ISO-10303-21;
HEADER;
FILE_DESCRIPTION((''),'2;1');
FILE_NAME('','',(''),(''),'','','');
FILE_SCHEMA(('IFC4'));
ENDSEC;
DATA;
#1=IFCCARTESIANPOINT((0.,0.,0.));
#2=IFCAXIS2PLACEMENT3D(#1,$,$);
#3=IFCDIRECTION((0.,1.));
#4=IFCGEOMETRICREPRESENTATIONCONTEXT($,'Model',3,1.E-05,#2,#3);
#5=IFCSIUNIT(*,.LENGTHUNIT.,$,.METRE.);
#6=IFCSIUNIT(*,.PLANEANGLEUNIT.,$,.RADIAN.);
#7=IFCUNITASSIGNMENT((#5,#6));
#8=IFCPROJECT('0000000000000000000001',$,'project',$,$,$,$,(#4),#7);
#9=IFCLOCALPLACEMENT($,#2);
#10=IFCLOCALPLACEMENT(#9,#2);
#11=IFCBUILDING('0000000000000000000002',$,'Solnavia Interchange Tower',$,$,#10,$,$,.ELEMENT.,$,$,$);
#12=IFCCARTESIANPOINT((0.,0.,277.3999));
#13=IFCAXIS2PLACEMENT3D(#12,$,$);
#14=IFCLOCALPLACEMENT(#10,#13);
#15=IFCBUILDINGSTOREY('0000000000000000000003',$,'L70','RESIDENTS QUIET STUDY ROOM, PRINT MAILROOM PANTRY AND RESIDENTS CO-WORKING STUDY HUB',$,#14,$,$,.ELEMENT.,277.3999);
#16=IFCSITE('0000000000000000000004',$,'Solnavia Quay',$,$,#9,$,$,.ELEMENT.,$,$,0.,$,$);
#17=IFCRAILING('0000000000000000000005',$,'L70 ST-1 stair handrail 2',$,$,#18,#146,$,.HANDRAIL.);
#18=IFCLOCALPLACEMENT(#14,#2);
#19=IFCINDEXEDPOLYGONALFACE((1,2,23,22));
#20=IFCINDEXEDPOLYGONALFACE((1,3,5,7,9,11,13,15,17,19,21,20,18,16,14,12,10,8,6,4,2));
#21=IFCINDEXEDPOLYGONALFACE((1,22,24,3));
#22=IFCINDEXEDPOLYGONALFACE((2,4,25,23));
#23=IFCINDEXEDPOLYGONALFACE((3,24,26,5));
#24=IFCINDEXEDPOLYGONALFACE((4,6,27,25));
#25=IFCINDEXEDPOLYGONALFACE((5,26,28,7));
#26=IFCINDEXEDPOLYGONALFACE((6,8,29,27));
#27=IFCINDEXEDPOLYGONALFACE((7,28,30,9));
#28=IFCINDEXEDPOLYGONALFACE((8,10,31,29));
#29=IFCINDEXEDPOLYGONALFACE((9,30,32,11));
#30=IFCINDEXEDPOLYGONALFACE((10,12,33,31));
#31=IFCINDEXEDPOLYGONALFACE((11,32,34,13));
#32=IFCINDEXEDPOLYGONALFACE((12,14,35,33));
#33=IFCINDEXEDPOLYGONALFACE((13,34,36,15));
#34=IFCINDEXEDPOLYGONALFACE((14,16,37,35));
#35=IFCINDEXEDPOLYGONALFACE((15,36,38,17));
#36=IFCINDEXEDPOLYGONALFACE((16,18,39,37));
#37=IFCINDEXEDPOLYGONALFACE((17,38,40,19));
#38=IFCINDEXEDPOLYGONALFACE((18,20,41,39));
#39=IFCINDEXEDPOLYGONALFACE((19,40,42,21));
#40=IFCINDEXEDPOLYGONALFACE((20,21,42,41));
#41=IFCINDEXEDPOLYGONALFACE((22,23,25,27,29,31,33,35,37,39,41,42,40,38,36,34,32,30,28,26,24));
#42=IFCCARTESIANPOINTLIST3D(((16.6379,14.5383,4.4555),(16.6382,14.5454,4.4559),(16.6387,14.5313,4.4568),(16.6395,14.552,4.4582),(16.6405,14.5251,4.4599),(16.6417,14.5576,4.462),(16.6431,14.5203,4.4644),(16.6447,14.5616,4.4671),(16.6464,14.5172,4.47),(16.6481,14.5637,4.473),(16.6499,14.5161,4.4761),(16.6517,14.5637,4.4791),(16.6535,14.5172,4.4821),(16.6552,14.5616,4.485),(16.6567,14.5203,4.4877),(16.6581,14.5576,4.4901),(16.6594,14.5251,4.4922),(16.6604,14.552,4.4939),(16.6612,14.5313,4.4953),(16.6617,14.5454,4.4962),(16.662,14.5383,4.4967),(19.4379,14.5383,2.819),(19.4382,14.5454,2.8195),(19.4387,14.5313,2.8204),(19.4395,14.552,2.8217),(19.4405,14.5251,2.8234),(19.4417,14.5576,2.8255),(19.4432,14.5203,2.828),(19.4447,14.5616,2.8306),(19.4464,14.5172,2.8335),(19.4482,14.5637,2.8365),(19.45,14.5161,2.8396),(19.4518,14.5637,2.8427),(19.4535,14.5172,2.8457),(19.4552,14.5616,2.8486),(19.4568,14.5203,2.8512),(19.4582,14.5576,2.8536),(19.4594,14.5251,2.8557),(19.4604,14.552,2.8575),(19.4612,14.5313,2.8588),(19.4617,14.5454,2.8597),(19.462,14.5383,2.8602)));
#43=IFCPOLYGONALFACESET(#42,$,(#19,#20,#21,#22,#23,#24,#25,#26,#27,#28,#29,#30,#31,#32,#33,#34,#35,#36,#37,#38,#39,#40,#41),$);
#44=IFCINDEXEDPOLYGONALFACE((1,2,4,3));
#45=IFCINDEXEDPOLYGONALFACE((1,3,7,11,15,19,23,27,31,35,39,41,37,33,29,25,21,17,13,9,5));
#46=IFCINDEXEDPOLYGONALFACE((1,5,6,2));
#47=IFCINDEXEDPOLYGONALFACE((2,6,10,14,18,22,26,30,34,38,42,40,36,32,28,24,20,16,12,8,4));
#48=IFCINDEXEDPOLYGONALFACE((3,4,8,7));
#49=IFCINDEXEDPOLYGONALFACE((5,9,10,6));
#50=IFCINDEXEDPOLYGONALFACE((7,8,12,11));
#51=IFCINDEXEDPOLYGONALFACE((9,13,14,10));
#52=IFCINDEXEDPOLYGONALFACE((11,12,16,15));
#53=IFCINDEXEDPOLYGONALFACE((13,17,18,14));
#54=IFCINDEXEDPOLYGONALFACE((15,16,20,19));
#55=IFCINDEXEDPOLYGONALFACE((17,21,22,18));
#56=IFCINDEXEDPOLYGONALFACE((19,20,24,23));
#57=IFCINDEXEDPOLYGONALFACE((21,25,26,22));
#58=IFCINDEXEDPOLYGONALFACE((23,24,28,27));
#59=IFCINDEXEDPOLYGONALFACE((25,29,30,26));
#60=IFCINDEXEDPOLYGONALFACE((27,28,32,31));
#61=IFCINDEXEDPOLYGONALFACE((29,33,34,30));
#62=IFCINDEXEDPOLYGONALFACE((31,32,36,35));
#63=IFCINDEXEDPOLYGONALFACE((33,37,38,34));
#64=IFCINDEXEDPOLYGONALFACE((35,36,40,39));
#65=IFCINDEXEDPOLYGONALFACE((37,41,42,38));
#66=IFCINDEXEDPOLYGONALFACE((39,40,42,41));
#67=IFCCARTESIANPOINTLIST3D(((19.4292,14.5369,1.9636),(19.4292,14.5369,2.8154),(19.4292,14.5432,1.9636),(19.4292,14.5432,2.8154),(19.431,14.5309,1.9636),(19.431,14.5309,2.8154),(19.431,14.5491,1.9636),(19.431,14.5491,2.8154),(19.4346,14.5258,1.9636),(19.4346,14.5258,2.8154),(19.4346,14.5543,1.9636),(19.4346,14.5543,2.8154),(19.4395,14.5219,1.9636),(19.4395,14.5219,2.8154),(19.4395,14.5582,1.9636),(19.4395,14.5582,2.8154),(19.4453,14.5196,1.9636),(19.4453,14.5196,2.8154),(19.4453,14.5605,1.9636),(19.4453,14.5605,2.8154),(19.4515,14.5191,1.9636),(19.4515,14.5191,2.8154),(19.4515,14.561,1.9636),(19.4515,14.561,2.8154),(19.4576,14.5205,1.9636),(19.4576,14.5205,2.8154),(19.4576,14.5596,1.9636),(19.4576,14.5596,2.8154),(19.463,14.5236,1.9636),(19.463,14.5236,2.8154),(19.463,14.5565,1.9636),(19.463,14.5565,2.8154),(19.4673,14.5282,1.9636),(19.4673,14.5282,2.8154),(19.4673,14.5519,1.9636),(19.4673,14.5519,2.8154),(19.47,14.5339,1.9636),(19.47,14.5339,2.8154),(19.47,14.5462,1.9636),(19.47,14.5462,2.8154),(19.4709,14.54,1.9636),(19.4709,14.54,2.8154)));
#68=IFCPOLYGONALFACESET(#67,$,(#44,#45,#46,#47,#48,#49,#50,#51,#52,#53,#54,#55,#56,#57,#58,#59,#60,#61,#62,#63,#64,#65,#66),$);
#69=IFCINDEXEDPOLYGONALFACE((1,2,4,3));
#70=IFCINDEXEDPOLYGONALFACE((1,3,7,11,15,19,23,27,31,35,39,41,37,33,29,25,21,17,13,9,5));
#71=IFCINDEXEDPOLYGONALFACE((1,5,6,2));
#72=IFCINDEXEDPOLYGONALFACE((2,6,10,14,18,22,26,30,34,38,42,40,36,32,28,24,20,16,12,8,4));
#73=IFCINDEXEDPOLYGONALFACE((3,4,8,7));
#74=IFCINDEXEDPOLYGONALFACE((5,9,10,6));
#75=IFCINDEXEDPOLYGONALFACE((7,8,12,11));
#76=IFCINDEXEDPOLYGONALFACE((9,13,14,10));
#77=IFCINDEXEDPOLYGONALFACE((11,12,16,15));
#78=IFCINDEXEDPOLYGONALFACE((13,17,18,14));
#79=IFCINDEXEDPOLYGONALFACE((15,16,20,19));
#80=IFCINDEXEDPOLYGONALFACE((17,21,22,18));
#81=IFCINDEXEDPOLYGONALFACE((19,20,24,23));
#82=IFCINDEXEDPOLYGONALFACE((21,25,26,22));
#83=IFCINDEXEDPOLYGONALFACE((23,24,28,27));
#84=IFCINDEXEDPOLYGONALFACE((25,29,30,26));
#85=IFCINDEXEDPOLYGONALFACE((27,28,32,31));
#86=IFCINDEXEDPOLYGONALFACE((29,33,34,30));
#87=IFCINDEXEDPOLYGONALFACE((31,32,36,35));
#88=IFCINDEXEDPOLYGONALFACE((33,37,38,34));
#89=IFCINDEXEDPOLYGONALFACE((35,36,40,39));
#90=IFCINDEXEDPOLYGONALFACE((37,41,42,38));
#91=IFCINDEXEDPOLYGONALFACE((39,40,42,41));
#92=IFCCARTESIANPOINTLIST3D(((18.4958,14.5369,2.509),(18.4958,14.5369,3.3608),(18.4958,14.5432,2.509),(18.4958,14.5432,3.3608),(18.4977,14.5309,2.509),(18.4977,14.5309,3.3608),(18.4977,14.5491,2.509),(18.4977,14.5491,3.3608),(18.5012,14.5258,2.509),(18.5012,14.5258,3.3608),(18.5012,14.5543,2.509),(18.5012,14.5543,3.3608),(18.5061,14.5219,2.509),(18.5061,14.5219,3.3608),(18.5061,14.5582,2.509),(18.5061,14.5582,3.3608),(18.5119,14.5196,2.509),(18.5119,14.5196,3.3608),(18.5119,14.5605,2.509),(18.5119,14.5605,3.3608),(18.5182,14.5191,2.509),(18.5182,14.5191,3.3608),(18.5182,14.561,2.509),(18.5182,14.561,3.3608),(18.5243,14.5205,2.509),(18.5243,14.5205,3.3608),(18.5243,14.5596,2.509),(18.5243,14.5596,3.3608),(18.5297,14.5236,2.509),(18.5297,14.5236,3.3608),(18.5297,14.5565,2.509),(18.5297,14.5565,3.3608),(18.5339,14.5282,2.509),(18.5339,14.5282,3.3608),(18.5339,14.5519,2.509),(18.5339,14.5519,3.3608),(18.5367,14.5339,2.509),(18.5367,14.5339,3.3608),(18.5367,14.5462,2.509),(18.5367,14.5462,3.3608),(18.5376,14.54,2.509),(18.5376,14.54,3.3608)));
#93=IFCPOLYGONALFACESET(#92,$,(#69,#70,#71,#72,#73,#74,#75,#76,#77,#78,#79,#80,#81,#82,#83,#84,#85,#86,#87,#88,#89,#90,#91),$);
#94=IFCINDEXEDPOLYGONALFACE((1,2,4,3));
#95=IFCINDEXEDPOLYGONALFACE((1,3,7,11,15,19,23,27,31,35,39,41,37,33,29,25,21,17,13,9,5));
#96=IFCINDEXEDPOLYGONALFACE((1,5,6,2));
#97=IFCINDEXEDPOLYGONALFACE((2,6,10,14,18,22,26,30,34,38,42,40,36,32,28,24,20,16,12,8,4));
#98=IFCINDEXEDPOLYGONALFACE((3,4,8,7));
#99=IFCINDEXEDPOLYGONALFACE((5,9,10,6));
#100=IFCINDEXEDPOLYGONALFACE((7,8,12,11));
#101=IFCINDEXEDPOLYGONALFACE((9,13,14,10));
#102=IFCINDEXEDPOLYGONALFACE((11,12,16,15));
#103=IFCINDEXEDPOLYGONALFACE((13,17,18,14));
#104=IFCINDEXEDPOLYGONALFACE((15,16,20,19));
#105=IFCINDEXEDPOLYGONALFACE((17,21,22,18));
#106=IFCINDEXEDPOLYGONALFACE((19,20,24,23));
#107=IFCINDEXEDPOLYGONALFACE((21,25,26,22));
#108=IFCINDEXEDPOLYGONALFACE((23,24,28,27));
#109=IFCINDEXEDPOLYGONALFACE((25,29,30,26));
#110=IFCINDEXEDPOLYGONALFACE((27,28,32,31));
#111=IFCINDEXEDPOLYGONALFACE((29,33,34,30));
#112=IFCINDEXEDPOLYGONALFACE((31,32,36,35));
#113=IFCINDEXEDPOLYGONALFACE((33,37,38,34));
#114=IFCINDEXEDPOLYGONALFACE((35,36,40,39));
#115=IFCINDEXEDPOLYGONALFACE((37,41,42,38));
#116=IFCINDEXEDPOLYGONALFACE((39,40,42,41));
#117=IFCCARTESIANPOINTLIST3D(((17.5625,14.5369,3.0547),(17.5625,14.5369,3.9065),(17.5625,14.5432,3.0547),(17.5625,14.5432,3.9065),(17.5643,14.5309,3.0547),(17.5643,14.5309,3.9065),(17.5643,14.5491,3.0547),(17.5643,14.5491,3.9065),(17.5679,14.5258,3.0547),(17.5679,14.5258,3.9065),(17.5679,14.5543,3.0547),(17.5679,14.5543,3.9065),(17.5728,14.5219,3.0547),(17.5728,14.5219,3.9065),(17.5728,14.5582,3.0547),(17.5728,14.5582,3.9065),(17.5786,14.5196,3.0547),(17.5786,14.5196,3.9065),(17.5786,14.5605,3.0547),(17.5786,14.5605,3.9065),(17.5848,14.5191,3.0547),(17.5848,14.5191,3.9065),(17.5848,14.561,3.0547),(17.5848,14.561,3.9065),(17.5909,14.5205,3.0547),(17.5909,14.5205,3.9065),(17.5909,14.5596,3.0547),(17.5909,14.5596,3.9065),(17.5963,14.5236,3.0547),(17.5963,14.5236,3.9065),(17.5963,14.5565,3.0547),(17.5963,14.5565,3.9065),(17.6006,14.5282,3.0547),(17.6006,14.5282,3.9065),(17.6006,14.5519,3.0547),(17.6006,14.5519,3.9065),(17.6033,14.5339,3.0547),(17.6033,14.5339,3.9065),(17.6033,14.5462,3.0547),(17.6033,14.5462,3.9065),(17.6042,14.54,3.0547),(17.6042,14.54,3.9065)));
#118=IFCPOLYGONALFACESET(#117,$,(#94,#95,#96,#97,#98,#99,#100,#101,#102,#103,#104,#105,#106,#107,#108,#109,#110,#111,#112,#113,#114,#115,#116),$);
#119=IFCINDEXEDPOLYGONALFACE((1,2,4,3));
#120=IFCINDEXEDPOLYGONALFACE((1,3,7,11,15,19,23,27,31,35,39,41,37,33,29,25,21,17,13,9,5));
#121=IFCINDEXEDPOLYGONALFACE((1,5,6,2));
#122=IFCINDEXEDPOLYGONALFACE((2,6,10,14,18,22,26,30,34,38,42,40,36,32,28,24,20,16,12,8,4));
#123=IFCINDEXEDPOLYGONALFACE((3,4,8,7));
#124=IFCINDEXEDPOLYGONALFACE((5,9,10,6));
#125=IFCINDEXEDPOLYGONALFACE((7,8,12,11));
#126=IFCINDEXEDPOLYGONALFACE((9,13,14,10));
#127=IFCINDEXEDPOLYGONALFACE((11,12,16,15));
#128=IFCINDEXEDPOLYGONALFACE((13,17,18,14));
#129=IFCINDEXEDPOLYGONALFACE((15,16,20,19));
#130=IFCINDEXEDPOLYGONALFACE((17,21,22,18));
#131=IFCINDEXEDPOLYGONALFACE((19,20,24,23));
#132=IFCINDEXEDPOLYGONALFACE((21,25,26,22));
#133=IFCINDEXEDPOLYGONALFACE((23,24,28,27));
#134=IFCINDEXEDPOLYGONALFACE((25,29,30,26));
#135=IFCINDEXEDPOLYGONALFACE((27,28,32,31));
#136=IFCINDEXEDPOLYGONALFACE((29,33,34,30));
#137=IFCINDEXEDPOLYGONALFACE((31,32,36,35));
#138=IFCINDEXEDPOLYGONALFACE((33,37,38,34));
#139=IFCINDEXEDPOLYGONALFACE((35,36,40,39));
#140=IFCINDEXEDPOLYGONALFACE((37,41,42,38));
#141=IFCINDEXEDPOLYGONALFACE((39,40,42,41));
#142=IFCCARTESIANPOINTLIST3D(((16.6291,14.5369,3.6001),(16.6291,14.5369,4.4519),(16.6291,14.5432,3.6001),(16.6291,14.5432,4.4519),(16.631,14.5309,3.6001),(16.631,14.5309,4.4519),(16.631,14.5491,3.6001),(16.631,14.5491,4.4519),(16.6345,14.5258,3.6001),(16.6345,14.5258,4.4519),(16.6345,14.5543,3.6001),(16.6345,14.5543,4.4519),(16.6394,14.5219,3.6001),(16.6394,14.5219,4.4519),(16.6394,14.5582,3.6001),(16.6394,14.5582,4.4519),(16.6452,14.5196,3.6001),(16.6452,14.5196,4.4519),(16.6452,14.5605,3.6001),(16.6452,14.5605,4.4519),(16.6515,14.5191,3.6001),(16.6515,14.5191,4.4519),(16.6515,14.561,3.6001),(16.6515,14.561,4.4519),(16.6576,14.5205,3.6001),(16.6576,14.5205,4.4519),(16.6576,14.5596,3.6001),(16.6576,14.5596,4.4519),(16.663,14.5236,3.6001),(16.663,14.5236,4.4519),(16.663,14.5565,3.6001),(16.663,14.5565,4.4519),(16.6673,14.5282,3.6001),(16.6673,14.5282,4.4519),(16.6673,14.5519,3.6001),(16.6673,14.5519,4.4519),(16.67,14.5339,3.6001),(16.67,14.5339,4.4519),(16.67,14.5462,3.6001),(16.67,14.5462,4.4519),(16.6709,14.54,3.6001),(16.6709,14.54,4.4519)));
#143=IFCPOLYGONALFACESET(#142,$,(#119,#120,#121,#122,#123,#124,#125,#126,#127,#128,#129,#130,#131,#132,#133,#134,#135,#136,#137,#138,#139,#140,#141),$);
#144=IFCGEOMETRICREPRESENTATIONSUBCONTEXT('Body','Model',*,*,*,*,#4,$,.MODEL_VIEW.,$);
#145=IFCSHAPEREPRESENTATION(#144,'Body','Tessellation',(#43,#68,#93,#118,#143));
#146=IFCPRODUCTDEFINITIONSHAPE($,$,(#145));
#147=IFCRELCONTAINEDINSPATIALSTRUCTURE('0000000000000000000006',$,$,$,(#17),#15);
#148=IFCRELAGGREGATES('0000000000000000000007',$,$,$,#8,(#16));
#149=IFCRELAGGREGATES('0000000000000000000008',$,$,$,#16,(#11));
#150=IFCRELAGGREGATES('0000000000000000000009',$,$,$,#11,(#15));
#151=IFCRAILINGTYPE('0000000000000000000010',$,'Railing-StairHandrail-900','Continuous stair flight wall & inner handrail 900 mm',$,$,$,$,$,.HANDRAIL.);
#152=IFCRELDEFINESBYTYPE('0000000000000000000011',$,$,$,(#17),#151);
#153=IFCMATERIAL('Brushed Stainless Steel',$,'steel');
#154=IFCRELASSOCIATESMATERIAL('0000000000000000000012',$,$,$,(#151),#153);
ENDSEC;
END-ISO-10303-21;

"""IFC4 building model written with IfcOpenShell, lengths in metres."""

from ifc_helpers import new_model, si_unit, direction, frame, origin, origin_2d, place, context, subcontext, project, spatial, circle, extrude, material, type_object, element, save


model = new_model("IFC4")

# Units and contexts
model_context = context("Model", 3, precision=1e-05, world=origin(), true_north=direction((0.0, 1.0)))
body_context = subcontext(model_context, "Body", "Model", "MODEL_VIEW")
ifc_project = project(units=[si_unit("LENGTHUNIT", "METRE"), si_unit("PLANEANGLEUNIT", "RADIAN")], contexts=[model_context])

# Site, building, storey
site_placement = place(None, origin())
site = spatial("IfcSite", under=ifc_project, at=site_placement, Name="Solnavia Quay", CompositionType="ELEMENT", RefElevation=0.0)
building_placement = place(site_placement, origin())
building = spatial("IfcBuilding", under=site, at=building_placement, Name="Solnavia Interchange Tower", CompositionType="ELEMENT")
storey_placement = place(building_placement, frame((0.0, 0.0, 277.3999)))
storey = spatial("IfcBuildingStorey", under=building, at=storey_placement, Name="L70", Description="RESIDENTS QUIET STUDY ROOM, PRINT MAILROOM PANTRY AND RESIDENTS CO-WORKING STUDY HUB", CompositionType="ELEMENT", Elevation=277.3999)

# Railing
ifc_material_1 = material(Name="Brushed Stainless Steel", Category="steel")
railing_type_1 = type_object("IfcRailingType", Name="Railing-StairHandrail-900", Description="Continuous stair flight wall & inner handrail 900 mm", PredefinedType="HANDRAIL", material=ifc_material_1)
railing_1_placement = place(storey_placement, frame((19.45, 14.54, 1.9636)))
element("IfcRailing", 1, at=railing_1_placement, inside=storey, type_object=railing_type_1, Name="L70 ST-1 stair handrail 2", PredefinedType="HANDRAIL", context=body_context, shape_type="SweptSolid", body=[
    extrude(circle(Radius=0.0239, at=origin_2d()), frame((0.0, 0.0, 0.876), z_axis=(-0.863361, 0.0, 0.504587), x_axis=(0.0, -1.0, 0.0)), (0.0, 0.0, 1.0), 3.2432),
    extrude(circle(Radius=0.021, at=origin_2d()), origin(), (0.0, 0.0, 1.0), 0.8518),
    extrude(circle(Radius=0.021, at=origin_2d()), frame((-0.9333, 0.0, 0.5454)), (0.0, 0.0, 1.0), 0.8518),
    extrude(circle(Radius=0.021, at=origin_2d()), frame((-1.8667, 0.0, 1.0911)), (0.0, 0.0, 1.0), 0.8518),
    extrude(circle(Radius=0.021, at=origin_2d()), frame((-2.8, 0.0, 1.6365)), (0.0, 0.0, 1.0), 0.8518),
])

save(model, "model.ifc")
